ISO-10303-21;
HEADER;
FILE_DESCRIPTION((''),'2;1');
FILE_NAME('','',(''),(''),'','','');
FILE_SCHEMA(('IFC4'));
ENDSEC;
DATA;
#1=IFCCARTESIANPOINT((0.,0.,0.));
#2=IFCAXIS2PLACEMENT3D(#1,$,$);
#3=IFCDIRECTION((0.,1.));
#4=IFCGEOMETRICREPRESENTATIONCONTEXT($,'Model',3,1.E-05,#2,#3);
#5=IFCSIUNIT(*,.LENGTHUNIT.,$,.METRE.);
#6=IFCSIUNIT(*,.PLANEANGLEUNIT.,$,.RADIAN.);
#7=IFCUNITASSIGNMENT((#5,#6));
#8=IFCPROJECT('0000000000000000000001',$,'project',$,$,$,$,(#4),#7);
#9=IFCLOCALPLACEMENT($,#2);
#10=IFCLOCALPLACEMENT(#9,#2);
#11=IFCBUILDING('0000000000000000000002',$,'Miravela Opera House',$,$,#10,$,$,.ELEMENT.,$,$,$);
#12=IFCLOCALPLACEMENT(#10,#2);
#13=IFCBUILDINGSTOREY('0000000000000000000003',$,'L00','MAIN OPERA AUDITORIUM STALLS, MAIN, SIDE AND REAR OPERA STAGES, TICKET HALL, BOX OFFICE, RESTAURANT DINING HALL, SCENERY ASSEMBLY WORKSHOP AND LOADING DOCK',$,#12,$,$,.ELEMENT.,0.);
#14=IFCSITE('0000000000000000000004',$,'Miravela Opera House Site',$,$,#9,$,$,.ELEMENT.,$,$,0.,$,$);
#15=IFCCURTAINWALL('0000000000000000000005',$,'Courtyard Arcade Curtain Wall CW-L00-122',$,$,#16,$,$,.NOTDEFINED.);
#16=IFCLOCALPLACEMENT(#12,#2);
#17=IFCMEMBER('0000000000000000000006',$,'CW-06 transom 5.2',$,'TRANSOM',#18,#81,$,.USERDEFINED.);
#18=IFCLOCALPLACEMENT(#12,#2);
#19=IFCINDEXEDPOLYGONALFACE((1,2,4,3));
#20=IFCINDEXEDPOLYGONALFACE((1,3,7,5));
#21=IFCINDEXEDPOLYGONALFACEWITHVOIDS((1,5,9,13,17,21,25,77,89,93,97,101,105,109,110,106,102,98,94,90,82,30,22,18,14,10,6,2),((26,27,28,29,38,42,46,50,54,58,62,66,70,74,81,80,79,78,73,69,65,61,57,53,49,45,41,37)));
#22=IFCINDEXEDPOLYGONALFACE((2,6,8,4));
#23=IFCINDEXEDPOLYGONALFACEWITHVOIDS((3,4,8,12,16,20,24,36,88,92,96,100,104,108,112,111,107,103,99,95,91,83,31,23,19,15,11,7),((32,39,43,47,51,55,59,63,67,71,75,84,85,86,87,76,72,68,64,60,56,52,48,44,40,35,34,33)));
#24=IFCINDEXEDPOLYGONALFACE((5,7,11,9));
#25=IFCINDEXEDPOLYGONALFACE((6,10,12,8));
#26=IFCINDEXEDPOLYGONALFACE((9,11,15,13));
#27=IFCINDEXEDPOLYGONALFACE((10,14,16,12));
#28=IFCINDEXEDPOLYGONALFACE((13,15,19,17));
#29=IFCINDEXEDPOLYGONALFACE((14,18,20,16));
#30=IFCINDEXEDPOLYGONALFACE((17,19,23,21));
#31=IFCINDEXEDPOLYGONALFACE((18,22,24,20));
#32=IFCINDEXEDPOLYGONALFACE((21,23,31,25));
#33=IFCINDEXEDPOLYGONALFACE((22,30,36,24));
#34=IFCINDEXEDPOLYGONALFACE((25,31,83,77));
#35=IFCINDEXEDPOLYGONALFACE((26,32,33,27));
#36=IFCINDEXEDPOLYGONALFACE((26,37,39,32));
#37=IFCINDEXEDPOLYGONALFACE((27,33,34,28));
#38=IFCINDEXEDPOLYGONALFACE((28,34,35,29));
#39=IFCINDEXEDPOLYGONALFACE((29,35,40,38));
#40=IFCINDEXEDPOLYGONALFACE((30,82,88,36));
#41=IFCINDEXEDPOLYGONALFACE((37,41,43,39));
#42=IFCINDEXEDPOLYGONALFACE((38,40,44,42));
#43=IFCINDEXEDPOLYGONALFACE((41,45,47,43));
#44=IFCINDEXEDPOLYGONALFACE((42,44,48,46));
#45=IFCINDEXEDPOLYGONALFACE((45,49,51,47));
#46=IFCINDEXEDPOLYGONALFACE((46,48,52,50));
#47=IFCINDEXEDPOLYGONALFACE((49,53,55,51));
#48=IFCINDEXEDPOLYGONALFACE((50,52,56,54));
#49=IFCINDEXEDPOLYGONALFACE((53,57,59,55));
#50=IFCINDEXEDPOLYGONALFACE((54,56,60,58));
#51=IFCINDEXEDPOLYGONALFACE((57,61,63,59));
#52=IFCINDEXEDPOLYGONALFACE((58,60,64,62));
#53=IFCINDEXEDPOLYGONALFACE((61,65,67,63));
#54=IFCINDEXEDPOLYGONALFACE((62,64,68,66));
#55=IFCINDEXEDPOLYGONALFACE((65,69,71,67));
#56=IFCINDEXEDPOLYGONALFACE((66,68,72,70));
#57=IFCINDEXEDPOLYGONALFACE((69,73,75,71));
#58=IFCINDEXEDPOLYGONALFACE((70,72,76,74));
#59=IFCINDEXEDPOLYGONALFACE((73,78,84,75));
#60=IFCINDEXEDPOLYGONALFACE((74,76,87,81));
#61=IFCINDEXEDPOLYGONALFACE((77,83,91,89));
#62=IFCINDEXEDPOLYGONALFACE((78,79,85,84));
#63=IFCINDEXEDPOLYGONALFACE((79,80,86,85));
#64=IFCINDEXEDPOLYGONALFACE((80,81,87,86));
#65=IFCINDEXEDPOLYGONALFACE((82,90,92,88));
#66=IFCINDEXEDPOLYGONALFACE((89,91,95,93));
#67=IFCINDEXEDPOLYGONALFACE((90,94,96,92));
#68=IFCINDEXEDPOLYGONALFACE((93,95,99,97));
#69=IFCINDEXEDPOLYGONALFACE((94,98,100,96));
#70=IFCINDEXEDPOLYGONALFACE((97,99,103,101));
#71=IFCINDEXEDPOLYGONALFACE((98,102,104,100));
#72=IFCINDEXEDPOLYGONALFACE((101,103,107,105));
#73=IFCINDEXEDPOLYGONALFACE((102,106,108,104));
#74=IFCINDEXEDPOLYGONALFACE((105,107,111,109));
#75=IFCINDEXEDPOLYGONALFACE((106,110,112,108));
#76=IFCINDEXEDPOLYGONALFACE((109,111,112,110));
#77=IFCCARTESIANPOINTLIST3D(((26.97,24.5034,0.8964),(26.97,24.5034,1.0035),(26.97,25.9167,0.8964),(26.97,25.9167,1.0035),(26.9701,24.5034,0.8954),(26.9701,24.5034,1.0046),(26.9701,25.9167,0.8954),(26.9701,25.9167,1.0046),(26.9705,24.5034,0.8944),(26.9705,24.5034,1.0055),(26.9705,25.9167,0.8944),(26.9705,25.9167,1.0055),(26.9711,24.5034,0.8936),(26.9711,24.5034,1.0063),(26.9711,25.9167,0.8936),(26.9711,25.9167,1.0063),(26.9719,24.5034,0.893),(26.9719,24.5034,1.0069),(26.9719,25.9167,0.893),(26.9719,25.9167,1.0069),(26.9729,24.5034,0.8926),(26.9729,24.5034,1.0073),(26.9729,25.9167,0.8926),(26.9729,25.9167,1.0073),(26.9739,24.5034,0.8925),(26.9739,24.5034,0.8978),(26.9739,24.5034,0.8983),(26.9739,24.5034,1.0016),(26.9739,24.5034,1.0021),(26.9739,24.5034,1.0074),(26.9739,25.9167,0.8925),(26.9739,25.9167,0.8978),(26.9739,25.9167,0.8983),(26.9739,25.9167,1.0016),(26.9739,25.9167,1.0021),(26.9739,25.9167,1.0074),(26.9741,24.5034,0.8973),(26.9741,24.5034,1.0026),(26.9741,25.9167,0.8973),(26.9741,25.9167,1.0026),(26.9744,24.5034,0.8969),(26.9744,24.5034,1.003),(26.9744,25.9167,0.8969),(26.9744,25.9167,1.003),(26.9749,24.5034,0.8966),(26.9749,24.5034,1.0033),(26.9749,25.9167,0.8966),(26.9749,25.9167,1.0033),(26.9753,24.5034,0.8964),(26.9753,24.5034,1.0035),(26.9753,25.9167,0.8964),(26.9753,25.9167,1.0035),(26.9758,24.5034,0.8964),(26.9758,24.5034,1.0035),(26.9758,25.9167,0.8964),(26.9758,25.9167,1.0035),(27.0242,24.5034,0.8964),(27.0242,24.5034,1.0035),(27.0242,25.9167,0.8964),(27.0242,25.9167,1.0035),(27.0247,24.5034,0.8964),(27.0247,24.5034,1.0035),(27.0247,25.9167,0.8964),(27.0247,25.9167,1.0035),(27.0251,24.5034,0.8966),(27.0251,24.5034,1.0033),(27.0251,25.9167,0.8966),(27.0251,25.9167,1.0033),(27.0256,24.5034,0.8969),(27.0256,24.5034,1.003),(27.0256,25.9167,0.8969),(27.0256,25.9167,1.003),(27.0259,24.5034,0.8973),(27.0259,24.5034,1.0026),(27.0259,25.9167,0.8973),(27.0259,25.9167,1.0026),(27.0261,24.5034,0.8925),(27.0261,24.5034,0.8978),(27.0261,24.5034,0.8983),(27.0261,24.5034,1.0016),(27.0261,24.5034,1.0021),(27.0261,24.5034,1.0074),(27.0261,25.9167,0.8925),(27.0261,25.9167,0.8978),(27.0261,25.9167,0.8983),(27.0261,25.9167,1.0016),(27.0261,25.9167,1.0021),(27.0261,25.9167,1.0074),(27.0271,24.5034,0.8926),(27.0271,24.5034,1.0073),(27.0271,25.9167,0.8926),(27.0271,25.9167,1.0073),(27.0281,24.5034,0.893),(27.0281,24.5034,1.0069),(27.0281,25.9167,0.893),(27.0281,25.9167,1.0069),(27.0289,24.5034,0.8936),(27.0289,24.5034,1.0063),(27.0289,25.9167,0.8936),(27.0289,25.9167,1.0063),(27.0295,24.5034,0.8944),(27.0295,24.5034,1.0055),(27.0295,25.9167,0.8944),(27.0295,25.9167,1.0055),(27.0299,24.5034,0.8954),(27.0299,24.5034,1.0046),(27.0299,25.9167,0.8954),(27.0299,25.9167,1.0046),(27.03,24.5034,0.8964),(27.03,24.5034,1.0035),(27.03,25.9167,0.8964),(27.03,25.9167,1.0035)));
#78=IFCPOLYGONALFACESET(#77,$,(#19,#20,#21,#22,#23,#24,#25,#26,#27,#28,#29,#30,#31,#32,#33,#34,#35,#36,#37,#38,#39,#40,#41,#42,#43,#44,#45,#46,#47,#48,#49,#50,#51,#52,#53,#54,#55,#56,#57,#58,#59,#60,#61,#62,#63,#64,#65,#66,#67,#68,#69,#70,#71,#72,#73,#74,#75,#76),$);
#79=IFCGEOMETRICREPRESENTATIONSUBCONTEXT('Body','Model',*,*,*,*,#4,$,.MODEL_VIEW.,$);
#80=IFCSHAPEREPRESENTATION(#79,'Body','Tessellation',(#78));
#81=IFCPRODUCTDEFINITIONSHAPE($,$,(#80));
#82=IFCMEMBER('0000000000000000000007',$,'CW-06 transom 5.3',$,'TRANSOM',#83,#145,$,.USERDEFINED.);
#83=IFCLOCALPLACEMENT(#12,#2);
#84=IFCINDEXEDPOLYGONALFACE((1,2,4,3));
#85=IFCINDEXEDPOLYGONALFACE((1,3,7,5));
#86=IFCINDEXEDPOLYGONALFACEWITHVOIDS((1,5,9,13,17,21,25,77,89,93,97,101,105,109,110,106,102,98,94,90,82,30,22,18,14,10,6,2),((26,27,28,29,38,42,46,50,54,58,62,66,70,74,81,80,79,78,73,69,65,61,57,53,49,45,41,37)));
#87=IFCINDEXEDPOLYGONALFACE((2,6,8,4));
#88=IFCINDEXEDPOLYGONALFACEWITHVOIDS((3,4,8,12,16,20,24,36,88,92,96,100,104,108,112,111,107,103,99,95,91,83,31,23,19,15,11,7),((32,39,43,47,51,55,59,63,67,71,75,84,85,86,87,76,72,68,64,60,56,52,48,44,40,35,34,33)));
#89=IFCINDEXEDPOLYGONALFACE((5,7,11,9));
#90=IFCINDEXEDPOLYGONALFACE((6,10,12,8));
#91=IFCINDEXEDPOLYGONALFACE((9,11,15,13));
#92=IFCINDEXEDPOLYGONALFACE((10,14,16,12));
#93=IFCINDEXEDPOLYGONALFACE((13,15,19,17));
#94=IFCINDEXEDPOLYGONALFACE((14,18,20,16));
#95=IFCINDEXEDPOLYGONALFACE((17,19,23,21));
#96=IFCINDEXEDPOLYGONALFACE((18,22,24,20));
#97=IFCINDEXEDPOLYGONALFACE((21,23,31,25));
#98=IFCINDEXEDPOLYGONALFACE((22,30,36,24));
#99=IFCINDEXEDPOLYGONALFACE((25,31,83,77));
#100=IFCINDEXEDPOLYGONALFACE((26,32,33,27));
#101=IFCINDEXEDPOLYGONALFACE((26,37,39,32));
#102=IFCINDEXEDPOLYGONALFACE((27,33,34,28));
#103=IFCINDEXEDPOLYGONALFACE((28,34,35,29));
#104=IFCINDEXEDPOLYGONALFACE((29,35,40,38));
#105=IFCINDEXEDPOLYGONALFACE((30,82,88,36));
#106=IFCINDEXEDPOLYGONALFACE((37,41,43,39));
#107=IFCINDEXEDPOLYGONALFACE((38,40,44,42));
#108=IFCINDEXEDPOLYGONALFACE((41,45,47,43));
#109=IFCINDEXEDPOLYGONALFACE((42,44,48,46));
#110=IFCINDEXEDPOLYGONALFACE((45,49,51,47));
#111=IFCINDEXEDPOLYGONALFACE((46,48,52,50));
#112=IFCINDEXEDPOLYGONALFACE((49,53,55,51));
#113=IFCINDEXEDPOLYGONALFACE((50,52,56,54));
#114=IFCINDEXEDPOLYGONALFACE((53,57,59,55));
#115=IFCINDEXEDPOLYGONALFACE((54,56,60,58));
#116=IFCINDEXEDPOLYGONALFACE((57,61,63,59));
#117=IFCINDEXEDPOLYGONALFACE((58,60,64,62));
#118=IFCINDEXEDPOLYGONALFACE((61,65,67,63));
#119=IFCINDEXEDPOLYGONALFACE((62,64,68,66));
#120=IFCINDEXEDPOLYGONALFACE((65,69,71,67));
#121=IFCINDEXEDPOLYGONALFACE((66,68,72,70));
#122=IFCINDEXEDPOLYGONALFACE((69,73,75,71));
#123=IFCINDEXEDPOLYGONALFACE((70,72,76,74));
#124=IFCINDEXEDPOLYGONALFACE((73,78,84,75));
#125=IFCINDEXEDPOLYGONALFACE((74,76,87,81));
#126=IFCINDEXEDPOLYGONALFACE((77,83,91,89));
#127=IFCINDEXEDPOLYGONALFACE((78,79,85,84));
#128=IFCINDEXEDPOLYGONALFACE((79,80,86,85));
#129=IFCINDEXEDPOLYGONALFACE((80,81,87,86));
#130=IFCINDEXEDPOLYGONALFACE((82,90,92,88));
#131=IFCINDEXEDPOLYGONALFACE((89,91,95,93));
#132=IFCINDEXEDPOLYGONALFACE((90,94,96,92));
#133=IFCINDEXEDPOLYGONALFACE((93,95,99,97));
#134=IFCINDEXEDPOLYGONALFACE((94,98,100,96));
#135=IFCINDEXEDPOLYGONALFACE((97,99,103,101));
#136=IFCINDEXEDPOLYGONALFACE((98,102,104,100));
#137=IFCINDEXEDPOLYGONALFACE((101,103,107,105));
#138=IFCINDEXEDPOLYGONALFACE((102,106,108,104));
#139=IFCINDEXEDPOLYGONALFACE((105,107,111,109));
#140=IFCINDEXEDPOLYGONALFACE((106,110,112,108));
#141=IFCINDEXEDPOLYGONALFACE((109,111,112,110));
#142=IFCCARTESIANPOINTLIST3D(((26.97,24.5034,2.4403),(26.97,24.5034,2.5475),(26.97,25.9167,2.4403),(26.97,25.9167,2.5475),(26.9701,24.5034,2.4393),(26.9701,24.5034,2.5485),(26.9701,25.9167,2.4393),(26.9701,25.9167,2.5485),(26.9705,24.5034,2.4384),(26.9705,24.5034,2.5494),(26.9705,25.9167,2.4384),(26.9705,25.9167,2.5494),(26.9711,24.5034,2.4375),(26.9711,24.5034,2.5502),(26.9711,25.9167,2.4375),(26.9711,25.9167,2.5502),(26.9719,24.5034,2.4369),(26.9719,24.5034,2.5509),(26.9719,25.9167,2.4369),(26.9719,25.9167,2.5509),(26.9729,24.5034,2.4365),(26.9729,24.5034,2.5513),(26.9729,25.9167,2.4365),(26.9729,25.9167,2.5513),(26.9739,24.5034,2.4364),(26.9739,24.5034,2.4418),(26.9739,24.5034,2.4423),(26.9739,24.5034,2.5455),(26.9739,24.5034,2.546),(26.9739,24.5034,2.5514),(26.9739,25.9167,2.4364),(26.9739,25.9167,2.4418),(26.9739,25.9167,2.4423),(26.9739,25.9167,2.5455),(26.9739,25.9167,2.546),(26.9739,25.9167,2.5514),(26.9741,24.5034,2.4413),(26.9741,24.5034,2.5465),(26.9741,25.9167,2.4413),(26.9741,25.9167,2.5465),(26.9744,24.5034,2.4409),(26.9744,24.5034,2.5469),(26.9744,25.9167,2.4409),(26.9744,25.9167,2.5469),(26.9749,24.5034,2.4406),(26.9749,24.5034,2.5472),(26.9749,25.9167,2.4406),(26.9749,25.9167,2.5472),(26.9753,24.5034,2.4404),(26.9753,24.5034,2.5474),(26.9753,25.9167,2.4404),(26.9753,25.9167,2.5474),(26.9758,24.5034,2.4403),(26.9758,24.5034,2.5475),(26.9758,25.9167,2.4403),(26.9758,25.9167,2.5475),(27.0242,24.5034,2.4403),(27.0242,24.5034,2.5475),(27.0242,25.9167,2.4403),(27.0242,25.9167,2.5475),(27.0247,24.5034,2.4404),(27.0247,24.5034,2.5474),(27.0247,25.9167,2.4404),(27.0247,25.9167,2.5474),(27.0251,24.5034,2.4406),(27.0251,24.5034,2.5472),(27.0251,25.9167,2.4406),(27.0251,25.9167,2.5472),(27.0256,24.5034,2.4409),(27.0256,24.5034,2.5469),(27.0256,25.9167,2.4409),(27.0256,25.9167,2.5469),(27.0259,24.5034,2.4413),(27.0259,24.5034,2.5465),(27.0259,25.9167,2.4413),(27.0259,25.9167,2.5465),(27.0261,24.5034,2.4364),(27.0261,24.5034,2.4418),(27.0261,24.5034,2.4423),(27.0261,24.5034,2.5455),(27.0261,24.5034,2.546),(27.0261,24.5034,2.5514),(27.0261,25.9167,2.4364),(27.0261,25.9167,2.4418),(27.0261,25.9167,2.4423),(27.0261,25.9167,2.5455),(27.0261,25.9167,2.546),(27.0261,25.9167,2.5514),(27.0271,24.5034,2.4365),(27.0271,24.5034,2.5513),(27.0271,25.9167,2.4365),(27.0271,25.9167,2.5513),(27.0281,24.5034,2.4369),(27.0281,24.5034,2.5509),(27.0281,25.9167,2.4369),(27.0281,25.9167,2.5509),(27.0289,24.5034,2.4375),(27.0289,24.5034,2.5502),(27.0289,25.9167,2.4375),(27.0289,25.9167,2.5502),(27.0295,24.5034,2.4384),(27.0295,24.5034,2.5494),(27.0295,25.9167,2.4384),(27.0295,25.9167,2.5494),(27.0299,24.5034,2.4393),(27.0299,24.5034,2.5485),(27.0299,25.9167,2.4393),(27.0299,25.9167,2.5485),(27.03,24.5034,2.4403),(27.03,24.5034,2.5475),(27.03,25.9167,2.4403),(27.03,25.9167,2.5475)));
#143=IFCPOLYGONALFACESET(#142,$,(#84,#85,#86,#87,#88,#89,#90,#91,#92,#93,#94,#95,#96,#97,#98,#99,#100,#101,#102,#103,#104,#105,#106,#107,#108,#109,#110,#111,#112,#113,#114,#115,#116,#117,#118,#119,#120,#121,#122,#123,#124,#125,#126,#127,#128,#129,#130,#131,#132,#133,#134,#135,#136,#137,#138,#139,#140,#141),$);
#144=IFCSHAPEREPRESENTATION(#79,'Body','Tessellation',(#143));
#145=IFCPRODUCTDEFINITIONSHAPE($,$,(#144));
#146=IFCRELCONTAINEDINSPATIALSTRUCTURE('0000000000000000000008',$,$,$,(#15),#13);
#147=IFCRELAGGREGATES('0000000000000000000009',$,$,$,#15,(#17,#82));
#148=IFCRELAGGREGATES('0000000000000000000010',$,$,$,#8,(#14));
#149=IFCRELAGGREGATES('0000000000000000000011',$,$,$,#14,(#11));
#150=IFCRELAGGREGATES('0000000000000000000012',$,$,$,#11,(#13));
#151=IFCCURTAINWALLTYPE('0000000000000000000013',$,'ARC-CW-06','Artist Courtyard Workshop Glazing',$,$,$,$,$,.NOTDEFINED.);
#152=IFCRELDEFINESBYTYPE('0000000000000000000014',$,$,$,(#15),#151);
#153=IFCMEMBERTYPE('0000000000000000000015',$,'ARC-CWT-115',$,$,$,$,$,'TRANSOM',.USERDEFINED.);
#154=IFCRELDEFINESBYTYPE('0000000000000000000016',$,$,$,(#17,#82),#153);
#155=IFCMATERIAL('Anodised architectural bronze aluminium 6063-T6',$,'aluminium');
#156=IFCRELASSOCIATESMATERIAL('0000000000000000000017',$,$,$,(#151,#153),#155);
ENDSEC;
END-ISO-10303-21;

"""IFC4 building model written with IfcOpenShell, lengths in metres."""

from ifc_helpers import new_model, si_unit, direction, frame, origin, origin_2d, place, context, subcontext, project, spatial, hollow_rectangle, extrude, material, material_profile, profile_set, type_object, element, aggregate, save


model = new_model("IFC4")

# Units and contexts
model_context = context("Model", 3, precision=1e-05, world=origin(), true_north=direction((0.0, 1.0)))
body_context = subcontext(model_context, "Body", "Model", "MODEL_VIEW")
ifc_project = project(units=[si_unit("LENGTHUNIT", "METRE"), si_unit("PLANEANGLEUNIT", "RADIAN")], contexts=[model_context])

# Site, building, storey
site_placement = place(None, origin())
site = spatial("IfcSite", under=ifc_project, at=site_placement, Name="Miravela Opera House Site", CompositionType="ELEMENT", RefElevation=0.0)
building_placement = place(site_placement, origin())
building = spatial("IfcBuilding", under=site, at=building_placement, Name="Miravela Opera House", CompositionType="ELEMENT")
storey_placement = place(building_placement, origin())
storey = spatial("IfcBuildingStorey", under=building, at=storey_placement, Name="L00", Description="MAIN OPERA AUDITORIUM STALLS, MAIN, SIDE AND REAR OPERA STAGES, TICKET HALL, BOX OFFICE, RESTAURANT DINING HALL, SCENERY ASSEMBLY WORKSHOP AND LOADING DOCK", CompositionType="ELEMENT", Elevation=0.0)

# Curtain wall, members
ifc_material_1 = material(Name="Anodised architectural bronze aluminium 6063-T6", Category="aluminium")
curtain_wall_type = type_object("IfcCurtainWallType", Name="ARC-CW-06", Description="Artist Courtyard Workshop Glazing", PredefinedType="NOTDEFINED", material=ifc_material_1)
curtain_wall_placement = place(storey_placement, origin())
curtain_wall = element("IfcCurtainWall", 1, at=curtain_wall_placement, inside=storey, type_object=curtain_wall_type, Name="Courtyard Arcade Curtain Wall CW-L00-122", PredefinedType="NOTDEFINED")
ifc_material_profile_1 = material_profile(ifc_material_1, hollow_rectangle(XDim=0.0601, YDim=0.115, WallThickness=0.0039, InnerFilletRadius=0.002, OuterFilletRadius=0.0039, at=origin_2d()), Name="CWT-60X115")
ifc_profile_set_1 = profile_set([ifc_material_profile_1])
member_type_1 = type_object("IfcMemberType", Name="ARC-CWT-115", ElementType="TRANSOM", PredefinedType="USERDEFINED", material=ifc_profile_set_1)
member_1_placement = place(storey_placement, frame((27.0, 24.5034, 0.95), z_axis=(0.0, 1.0, 0.0), x_axis=(-1.0, 0.0, 0.0)))
member_1 = element("IfcMember", 2, at=member_1_placement, type_object=member_type_1, Name="CW-06 transom 5.2", ObjectType="TRANSOM", PredefinedType="USERDEFINED", context=body_context, shape_type="SweptSolid", body=[
    extrude(hollow_rectangle(XDim=0.0601, YDim=0.115, WallThickness=0.0039, InnerFilletRadius=0.002, OuterFilletRadius=0.0039, at=origin_2d()), origin(), (0.0, 0.0, 1.0), 1.4133),
])
member_2_placement = place(storey_placement, frame((27.0, 24.5034, 2.4939), z_axis=(0.0, 1.0, 0.0), x_axis=(-1.0, 0.0, 0.0)))
member_2 = element("IfcMember", 3, at=member_2_placement, type_object=member_type_1, Name="CW-06 transom 5.3", ObjectType="TRANSOM", PredefinedType="USERDEFINED", context=body_context, shape_type="SweptSolid", body=[
    extrude(hollow_rectangle(XDim=0.0601, YDim=0.115, WallThickness=0.0039, InnerFilletRadius=0.002, OuterFilletRadius=0.0039, at=origin_2d()), origin(), (0.0, 0.0, 1.0), 1.4133),
])
aggregate(curtain_wall, [member_1, member_2])

save(model, "model.ifc")
